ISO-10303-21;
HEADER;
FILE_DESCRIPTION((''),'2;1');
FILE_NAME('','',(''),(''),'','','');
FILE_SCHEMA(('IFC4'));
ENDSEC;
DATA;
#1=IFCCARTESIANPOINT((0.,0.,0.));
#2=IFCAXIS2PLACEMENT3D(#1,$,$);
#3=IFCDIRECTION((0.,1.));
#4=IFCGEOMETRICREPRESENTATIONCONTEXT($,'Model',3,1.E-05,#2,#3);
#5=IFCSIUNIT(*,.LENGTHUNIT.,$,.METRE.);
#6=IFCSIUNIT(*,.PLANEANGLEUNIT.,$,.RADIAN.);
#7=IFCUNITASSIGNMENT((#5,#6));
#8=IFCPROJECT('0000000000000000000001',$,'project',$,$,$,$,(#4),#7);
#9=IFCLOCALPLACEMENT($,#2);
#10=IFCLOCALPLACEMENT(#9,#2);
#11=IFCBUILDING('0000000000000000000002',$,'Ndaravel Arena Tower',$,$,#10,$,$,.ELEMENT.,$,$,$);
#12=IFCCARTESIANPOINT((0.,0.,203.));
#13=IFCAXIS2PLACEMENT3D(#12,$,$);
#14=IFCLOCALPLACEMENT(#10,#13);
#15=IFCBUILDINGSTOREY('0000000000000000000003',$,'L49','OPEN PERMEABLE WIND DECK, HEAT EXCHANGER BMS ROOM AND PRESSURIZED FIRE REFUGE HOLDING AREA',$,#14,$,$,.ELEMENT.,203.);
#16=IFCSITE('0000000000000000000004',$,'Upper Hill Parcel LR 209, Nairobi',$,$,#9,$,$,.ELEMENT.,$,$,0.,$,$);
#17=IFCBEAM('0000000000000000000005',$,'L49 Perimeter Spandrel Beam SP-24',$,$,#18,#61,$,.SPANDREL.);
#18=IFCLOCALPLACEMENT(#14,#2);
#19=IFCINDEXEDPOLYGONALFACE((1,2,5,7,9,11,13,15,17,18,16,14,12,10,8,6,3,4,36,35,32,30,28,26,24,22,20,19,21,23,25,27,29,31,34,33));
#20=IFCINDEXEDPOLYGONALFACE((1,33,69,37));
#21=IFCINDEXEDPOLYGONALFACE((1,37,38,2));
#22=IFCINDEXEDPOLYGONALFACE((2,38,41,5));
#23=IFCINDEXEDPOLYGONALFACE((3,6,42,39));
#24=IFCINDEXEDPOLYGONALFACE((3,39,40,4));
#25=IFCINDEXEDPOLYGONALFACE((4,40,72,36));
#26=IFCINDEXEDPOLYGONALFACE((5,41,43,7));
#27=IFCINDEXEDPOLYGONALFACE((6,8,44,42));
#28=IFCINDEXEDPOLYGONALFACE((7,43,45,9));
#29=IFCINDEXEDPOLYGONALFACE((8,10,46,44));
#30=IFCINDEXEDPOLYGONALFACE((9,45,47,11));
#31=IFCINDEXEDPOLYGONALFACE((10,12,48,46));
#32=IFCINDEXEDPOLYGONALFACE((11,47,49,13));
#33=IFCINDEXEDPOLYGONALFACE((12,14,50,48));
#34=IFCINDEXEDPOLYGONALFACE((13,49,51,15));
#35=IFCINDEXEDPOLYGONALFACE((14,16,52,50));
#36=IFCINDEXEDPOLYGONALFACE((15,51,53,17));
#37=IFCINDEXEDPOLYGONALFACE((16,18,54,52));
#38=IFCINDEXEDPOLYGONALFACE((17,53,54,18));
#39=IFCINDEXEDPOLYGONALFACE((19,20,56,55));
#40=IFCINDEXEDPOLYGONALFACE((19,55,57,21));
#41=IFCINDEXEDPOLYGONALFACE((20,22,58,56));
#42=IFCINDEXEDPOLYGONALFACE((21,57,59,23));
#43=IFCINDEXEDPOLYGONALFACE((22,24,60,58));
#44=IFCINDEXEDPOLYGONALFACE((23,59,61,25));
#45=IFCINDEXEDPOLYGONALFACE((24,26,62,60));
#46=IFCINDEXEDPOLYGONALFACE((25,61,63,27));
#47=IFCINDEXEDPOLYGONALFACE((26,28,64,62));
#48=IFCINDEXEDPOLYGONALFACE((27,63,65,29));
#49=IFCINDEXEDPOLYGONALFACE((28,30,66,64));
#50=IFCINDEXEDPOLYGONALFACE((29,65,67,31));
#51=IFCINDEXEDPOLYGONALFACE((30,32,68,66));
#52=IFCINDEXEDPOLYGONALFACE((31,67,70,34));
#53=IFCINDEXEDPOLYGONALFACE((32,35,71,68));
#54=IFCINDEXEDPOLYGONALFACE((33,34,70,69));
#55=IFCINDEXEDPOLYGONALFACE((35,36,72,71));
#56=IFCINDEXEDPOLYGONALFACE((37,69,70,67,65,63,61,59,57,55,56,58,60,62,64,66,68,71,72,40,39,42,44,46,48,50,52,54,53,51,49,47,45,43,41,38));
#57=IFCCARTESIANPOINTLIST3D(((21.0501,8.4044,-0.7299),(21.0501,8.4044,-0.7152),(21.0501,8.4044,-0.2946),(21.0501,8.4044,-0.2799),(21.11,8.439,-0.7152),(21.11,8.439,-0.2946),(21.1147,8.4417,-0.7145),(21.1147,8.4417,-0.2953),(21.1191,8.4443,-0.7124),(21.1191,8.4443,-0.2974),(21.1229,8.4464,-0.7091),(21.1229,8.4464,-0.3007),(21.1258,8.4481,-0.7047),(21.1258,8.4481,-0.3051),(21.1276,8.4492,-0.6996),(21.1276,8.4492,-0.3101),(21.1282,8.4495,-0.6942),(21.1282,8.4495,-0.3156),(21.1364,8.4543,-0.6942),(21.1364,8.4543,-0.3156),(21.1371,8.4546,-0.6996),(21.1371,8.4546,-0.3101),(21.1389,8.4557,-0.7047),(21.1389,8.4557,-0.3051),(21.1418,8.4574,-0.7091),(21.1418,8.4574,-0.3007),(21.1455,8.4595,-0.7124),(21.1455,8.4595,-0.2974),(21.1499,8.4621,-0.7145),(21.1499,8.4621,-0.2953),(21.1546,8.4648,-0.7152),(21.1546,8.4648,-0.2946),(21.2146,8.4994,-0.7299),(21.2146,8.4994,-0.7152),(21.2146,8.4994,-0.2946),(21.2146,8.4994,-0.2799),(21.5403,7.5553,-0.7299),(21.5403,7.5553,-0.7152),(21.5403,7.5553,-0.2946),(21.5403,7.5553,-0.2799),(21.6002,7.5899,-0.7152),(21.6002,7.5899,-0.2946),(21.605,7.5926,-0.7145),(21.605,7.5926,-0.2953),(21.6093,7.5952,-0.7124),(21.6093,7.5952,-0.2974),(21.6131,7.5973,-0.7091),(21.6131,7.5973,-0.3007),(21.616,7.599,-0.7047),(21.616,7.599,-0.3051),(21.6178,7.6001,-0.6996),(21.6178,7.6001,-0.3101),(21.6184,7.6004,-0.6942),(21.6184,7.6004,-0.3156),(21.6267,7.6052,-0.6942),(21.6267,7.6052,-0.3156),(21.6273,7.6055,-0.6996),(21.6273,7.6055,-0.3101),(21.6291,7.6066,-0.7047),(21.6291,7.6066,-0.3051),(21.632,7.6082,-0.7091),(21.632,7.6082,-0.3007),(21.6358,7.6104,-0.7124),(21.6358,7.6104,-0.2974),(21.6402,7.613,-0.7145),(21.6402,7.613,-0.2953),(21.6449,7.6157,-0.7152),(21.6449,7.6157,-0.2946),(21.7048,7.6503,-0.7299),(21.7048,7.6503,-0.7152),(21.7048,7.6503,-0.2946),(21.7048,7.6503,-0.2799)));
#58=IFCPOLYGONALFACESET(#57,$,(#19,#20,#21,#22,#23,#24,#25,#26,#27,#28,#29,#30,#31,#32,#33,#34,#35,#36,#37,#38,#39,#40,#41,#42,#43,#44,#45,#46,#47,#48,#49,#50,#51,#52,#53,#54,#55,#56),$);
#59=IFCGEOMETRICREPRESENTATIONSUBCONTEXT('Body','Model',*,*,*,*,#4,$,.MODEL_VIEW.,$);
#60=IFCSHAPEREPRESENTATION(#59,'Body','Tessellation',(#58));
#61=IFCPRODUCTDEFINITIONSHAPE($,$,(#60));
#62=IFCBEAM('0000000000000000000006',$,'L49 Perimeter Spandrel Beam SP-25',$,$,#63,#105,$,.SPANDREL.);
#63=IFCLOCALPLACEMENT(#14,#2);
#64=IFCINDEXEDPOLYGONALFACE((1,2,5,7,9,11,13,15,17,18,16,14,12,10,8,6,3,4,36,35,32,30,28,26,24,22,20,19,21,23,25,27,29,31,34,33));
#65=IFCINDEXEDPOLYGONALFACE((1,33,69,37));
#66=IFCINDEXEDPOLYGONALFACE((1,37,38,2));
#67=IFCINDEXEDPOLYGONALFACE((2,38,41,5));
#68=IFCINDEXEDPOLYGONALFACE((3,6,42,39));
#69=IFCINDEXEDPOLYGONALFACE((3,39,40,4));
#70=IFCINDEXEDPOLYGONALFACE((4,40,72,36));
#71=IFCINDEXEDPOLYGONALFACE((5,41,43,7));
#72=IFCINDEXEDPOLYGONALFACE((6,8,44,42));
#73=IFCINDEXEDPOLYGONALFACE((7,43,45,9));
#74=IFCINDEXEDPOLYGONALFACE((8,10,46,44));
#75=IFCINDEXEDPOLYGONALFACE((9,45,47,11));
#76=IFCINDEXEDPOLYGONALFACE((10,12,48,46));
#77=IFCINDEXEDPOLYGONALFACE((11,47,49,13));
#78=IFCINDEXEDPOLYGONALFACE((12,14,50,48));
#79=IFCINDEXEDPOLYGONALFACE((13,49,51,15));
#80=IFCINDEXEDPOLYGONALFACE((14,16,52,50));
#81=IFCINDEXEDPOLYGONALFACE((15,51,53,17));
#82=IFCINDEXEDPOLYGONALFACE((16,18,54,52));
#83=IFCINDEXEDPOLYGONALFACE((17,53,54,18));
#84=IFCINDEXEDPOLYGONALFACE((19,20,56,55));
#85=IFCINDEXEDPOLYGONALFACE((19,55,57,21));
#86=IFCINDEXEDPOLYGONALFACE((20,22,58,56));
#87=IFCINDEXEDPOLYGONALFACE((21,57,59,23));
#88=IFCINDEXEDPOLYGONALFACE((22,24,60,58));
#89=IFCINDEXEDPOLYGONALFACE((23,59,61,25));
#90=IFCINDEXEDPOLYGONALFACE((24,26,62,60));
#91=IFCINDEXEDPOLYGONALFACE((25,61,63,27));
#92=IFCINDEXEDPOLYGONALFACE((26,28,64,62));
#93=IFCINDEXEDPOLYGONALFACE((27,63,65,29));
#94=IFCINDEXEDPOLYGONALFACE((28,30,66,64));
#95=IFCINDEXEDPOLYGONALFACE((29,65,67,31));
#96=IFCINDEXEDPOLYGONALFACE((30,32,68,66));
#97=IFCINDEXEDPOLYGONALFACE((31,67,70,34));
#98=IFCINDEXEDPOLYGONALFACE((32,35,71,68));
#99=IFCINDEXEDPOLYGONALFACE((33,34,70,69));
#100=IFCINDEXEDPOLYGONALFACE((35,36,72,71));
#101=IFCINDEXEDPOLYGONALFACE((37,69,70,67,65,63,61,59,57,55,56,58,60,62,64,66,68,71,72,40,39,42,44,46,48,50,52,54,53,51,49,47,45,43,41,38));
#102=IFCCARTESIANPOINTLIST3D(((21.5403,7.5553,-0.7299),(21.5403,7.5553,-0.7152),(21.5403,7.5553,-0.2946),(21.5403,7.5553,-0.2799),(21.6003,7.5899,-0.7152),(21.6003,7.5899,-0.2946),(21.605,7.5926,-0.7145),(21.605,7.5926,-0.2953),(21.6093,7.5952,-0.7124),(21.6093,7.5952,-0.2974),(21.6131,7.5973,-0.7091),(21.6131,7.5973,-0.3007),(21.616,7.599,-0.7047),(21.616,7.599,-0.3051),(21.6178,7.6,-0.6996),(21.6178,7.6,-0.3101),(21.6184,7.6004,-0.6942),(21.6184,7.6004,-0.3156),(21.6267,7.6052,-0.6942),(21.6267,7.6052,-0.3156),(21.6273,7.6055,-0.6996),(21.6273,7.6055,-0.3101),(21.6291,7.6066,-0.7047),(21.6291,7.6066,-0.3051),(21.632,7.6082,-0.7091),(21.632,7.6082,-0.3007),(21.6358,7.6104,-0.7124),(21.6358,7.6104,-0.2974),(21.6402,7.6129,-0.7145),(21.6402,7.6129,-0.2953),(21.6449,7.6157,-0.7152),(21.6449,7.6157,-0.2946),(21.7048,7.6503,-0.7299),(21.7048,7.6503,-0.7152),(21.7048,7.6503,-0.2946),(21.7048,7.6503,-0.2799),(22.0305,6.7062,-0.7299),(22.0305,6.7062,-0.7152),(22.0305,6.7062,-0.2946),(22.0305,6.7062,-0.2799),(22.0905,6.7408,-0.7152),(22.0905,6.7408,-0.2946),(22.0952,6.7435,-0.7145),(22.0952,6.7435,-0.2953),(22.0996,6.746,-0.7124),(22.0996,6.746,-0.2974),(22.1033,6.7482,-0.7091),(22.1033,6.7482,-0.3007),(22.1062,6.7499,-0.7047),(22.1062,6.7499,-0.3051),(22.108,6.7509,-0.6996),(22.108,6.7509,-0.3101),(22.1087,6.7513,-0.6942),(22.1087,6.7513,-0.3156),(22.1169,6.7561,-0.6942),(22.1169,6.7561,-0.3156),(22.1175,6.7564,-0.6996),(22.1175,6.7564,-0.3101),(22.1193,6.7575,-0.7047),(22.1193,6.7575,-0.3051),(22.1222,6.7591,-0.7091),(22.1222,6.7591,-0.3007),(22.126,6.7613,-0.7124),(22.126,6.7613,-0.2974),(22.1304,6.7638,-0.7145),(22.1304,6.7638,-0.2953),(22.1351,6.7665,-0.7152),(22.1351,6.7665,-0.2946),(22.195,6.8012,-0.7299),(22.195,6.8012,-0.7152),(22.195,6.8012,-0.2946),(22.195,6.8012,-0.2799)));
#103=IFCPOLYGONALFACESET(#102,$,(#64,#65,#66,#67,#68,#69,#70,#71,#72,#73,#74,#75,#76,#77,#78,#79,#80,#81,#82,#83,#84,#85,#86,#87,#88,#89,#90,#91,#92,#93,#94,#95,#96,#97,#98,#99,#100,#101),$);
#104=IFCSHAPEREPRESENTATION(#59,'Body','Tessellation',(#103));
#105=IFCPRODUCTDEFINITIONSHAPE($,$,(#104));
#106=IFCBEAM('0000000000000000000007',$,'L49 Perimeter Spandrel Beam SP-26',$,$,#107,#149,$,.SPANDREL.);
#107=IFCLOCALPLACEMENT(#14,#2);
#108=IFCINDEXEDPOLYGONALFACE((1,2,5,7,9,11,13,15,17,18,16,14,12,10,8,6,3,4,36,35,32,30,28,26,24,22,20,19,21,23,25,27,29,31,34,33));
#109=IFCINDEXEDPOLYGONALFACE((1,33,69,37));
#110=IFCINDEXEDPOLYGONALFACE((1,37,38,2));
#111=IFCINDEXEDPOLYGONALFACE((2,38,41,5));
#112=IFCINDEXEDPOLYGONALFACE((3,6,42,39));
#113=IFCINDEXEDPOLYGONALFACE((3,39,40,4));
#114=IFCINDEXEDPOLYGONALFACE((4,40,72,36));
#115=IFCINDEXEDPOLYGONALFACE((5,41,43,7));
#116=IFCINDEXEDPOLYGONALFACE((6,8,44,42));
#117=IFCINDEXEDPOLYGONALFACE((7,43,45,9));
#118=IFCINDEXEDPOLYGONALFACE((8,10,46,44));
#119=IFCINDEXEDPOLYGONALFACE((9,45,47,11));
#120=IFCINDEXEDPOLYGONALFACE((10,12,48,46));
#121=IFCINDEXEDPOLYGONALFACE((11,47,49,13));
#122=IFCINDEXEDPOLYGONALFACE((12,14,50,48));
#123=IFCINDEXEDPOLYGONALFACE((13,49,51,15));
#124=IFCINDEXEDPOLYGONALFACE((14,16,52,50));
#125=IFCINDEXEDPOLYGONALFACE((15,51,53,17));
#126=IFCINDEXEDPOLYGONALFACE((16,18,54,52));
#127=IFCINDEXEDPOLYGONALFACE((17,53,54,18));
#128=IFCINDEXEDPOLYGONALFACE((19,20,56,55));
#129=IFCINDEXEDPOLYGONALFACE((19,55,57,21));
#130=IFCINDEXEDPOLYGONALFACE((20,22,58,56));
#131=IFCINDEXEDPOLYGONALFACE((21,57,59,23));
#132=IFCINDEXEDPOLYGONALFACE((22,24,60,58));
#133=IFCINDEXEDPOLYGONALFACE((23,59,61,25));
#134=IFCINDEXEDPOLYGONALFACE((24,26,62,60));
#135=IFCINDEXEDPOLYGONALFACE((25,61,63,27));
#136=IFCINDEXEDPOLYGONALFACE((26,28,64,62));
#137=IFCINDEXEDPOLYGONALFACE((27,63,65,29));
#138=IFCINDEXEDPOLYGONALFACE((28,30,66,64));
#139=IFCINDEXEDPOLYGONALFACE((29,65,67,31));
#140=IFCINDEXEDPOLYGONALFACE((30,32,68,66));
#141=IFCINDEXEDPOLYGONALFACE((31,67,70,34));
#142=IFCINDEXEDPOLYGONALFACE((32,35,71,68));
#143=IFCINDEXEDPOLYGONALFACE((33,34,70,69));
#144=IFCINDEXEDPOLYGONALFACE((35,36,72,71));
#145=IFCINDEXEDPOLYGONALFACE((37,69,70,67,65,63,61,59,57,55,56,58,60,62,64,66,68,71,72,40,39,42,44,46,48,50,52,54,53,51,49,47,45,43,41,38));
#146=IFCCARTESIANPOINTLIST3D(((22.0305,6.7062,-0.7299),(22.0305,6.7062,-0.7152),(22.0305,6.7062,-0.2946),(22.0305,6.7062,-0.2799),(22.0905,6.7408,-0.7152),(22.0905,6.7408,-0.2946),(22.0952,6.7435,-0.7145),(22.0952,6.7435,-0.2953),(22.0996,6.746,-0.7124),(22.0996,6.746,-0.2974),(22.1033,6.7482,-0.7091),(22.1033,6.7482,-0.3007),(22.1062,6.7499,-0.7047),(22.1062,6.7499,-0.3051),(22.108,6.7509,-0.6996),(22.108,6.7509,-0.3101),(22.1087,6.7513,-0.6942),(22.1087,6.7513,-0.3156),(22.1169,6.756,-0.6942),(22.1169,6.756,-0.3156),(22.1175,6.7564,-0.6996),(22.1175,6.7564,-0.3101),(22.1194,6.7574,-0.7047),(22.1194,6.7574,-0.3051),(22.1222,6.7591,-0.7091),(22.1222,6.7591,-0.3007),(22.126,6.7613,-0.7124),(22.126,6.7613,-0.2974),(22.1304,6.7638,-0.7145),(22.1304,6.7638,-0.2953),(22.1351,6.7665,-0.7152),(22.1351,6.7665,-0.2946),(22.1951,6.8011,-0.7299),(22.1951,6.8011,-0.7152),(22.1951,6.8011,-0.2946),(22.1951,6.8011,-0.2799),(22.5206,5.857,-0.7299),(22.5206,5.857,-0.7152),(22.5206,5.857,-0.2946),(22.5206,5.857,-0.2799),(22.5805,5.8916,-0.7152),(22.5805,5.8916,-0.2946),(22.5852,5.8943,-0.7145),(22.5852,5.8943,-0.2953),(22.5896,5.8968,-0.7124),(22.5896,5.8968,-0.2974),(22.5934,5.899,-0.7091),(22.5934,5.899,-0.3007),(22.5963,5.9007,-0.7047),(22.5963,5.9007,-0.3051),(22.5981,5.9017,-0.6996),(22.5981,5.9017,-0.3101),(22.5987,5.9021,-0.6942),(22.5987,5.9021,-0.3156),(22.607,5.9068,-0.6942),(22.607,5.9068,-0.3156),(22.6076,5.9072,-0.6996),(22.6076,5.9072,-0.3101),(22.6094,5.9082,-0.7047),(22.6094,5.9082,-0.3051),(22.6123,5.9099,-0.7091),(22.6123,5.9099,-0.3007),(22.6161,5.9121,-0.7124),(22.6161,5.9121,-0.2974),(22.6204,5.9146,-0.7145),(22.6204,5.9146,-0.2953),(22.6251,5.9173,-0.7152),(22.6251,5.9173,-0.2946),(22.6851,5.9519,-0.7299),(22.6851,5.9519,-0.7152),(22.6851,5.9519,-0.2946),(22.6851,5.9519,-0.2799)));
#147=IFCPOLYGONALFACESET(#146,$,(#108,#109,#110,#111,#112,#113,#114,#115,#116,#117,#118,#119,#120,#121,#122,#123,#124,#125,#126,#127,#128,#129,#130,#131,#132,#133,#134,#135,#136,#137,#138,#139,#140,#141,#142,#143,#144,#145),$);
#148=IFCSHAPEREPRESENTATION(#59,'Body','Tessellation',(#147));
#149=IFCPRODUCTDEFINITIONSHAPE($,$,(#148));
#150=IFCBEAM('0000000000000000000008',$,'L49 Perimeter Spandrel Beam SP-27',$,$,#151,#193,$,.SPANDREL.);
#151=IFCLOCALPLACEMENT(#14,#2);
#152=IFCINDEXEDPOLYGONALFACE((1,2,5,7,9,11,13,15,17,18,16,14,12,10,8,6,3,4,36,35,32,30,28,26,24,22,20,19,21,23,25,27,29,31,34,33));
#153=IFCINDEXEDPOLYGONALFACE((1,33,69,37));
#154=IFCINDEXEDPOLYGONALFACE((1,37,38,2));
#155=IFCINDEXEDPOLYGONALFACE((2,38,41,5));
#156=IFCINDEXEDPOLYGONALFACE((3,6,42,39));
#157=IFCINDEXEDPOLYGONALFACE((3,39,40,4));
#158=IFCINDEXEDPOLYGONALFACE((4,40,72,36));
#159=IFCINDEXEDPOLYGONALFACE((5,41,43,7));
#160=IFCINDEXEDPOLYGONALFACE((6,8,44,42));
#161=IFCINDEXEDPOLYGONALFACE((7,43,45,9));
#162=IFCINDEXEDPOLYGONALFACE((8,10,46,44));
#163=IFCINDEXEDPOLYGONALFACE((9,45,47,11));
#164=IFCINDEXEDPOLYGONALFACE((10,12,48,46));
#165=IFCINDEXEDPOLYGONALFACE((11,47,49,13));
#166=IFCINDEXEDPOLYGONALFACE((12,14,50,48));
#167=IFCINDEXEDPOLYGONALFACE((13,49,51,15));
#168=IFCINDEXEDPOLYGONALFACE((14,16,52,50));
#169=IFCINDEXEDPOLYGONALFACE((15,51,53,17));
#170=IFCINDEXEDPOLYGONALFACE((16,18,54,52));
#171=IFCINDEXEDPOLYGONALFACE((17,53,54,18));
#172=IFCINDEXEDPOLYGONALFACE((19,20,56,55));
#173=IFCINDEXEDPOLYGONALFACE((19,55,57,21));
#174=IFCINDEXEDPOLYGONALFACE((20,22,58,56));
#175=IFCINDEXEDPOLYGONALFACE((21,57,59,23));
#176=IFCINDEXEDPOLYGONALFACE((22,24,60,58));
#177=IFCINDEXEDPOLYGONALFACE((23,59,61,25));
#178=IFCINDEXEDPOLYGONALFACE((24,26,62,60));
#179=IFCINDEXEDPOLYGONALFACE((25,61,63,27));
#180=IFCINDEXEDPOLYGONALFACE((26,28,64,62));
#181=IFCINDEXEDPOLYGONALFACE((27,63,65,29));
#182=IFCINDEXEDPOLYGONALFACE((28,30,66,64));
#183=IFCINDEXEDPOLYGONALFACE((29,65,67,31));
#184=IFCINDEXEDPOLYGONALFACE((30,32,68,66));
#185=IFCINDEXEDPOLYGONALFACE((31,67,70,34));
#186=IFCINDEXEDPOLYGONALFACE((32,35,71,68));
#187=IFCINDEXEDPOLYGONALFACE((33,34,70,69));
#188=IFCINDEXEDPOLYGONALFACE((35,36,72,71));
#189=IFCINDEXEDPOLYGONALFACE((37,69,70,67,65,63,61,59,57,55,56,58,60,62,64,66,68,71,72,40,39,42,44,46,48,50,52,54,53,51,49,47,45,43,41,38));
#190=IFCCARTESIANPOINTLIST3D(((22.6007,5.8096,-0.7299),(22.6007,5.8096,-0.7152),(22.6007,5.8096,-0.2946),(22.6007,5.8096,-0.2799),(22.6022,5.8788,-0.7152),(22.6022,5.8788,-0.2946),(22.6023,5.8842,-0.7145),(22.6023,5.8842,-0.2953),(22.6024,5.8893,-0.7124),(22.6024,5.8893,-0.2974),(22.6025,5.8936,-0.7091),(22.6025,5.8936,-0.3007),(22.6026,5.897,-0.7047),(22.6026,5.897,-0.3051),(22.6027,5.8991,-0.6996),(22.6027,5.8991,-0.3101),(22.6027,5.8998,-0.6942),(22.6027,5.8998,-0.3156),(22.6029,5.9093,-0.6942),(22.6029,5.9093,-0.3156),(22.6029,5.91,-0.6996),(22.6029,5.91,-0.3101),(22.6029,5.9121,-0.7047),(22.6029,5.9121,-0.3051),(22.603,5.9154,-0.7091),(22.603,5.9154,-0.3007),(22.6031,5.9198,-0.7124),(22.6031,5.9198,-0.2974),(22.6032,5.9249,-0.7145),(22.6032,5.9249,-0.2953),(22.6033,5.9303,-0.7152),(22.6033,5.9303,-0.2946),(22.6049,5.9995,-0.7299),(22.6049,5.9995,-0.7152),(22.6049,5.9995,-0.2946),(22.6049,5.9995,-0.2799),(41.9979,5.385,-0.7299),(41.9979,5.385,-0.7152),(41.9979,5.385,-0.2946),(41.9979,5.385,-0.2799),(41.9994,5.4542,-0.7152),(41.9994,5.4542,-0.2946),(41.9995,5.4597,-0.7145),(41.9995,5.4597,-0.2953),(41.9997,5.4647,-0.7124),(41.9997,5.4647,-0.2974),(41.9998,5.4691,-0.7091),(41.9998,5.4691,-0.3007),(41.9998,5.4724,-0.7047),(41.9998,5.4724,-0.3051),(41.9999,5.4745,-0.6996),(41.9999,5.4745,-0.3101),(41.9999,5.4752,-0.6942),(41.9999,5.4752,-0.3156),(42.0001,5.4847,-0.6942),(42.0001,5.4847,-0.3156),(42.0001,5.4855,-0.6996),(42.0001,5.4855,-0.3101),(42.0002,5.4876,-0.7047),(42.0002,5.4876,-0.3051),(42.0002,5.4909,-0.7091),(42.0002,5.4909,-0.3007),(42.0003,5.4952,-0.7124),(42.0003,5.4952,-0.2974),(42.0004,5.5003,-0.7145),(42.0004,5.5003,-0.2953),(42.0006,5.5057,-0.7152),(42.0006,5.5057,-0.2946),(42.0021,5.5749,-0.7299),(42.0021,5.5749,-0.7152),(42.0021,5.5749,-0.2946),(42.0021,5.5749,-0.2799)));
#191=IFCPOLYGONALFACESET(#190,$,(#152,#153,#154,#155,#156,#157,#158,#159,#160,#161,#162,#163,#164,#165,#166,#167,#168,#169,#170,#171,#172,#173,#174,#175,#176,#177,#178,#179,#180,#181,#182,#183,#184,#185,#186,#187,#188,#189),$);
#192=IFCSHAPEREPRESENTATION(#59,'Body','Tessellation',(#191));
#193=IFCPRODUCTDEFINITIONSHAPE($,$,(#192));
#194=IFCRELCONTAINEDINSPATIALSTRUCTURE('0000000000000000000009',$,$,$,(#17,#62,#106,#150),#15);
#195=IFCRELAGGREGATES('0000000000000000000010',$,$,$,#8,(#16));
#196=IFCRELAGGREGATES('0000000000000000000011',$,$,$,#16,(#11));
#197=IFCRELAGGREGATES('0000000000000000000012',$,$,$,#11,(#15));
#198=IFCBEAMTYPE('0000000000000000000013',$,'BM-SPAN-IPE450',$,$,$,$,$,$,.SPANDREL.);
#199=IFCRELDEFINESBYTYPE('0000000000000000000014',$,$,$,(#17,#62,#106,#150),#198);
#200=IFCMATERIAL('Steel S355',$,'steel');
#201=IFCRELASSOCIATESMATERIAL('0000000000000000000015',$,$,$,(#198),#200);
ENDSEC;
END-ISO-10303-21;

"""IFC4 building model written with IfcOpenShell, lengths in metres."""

from ifc_helpers import new_model, si_unit, direction, frame, origin, origin_2d, place, context, subcontext, project, spatial, i_section, extrude, material, material_profile, profile_set, type_object, element, save


model = new_model("IFC4")

# Units and contexts
model_context = context("Model", 3, precision=1e-05, world=origin(), true_north=direction((0.0, 1.0)))
body_context = subcontext(model_context, "Body", "Model", "MODEL_VIEW")
ifc_project = project(units=[si_unit("LENGTHUNIT", "METRE"), si_unit("PLANEANGLEUNIT", "RADIAN")], contexts=[model_context])

# Site, building, storey
site_placement = place(None, origin())
site = spatial("IfcSite", under=ifc_project, at=site_placement, Name="Upper Hill Parcel LR 209, Nairobi", CompositionType="ELEMENT", RefElevation=0.0)
building_placement = place(site_placement, origin())
building = spatial("IfcBuilding", under=site, at=building_placement, Name="Ndaravel Arena Tower", CompositionType="ELEMENT")
storey_placement = place(building_placement, frame((0.0, 0.0, 203.0)))
storey = spatial("IfcBuildingStorey", under=building, at=storey_placement, Name="L49", Description="OPEN PERMEABLE WIND DECK, HEAT EXCHANGER BMS ROOM AND PRESSURIZED FIRE REFUGE HOLDING AREA", CompositionType="ELEMENT", Elevation=203.0)

# Beams
ifc_material_1 = material(Name="Steel S355", Category="steel")
ifc_material_profile_1 = material_profile(ifc_material_1, i_section(OverallWidth=0.1899, OverallDepth=0.45, WebThickness=0.0095, FlangeThickness=0.0146, FilletRadius=0.021, at=origin_2d()), Name="IPE 450")
ifc_profile_set_1 = profile_set([ifc_material_profile_1], Name="Steel S355")
beam_type = type_object("IfcBeamType", Name="BM-SPAN-IPE450", PredefinedType="SPANDREL", material=ifc_profile_set_1)
for number, where, z_axis, x_axis, name in (
    (1, (21.1323, 8.4519, -0.5049), (0.499995, -0.866028, 0.0), (0.866028, 0.499995, 0.0), "L49 Perimeter Spandrel Beam SP-24"),
    (2, (21.6226, 7.6028, -0.5049), (0.499995, -0.866028, 0.0), (0.866028, 0.499995, 0.0), "L49 Perimeter Spandrel Beam SP-25"),
    (3, (22.1128, 6.7537, -0.5049), (0.499809, -0.866136, 0.0), (0.866136, 0.499809, 0.0), "L49 Perimeter Spandrel Beam SP-26"),
):
    element("IfcBeam", number, at=place(storey_placement, frame(where, z_axis=z_axis, x_axis=x_axis)), inside=storey, type_object=beam_type, Name=name, PredefinedType="SPANDREL", context=body_context, shape_type="SweptSolid", body=[
        extrude(i_section(OverallWidth=0.1899, OverallDepth=0.45, WebThickness=0.0095, FlangeThickness=0.0146, FilletRadius=0.021, at=origin_2d()), origin(), (0.0, 0.0, 1.0), 0.9805),
    ])
beam_1_placement = place(storey_placement, frame((22.6028, 5.9045, -0.5049), z_axis=(0.999761, -0.021882, 0.0), x_axis=(0.021882, 0.999761, 0.0)))
element("IfcBeam", 4, at=beam_1_placement, inside=storey, type_object=beam_type, Name="L49 Perimeter Spandrel Beam SP-27", PredefinedType="SPANDREL", context=body_context, shape_type="SweptSolid", body=[
    extrude(i_section(OverallWidth=0.1899, OverallDepth=0.45, WebThickness=0.0095, FlangeThickness=0.0146, FilletRadius=0.021, at=origin_2d()), origin(), (0.0, 0.0, 1.0), 19.4019),
])

save(model, "model.ifc")
